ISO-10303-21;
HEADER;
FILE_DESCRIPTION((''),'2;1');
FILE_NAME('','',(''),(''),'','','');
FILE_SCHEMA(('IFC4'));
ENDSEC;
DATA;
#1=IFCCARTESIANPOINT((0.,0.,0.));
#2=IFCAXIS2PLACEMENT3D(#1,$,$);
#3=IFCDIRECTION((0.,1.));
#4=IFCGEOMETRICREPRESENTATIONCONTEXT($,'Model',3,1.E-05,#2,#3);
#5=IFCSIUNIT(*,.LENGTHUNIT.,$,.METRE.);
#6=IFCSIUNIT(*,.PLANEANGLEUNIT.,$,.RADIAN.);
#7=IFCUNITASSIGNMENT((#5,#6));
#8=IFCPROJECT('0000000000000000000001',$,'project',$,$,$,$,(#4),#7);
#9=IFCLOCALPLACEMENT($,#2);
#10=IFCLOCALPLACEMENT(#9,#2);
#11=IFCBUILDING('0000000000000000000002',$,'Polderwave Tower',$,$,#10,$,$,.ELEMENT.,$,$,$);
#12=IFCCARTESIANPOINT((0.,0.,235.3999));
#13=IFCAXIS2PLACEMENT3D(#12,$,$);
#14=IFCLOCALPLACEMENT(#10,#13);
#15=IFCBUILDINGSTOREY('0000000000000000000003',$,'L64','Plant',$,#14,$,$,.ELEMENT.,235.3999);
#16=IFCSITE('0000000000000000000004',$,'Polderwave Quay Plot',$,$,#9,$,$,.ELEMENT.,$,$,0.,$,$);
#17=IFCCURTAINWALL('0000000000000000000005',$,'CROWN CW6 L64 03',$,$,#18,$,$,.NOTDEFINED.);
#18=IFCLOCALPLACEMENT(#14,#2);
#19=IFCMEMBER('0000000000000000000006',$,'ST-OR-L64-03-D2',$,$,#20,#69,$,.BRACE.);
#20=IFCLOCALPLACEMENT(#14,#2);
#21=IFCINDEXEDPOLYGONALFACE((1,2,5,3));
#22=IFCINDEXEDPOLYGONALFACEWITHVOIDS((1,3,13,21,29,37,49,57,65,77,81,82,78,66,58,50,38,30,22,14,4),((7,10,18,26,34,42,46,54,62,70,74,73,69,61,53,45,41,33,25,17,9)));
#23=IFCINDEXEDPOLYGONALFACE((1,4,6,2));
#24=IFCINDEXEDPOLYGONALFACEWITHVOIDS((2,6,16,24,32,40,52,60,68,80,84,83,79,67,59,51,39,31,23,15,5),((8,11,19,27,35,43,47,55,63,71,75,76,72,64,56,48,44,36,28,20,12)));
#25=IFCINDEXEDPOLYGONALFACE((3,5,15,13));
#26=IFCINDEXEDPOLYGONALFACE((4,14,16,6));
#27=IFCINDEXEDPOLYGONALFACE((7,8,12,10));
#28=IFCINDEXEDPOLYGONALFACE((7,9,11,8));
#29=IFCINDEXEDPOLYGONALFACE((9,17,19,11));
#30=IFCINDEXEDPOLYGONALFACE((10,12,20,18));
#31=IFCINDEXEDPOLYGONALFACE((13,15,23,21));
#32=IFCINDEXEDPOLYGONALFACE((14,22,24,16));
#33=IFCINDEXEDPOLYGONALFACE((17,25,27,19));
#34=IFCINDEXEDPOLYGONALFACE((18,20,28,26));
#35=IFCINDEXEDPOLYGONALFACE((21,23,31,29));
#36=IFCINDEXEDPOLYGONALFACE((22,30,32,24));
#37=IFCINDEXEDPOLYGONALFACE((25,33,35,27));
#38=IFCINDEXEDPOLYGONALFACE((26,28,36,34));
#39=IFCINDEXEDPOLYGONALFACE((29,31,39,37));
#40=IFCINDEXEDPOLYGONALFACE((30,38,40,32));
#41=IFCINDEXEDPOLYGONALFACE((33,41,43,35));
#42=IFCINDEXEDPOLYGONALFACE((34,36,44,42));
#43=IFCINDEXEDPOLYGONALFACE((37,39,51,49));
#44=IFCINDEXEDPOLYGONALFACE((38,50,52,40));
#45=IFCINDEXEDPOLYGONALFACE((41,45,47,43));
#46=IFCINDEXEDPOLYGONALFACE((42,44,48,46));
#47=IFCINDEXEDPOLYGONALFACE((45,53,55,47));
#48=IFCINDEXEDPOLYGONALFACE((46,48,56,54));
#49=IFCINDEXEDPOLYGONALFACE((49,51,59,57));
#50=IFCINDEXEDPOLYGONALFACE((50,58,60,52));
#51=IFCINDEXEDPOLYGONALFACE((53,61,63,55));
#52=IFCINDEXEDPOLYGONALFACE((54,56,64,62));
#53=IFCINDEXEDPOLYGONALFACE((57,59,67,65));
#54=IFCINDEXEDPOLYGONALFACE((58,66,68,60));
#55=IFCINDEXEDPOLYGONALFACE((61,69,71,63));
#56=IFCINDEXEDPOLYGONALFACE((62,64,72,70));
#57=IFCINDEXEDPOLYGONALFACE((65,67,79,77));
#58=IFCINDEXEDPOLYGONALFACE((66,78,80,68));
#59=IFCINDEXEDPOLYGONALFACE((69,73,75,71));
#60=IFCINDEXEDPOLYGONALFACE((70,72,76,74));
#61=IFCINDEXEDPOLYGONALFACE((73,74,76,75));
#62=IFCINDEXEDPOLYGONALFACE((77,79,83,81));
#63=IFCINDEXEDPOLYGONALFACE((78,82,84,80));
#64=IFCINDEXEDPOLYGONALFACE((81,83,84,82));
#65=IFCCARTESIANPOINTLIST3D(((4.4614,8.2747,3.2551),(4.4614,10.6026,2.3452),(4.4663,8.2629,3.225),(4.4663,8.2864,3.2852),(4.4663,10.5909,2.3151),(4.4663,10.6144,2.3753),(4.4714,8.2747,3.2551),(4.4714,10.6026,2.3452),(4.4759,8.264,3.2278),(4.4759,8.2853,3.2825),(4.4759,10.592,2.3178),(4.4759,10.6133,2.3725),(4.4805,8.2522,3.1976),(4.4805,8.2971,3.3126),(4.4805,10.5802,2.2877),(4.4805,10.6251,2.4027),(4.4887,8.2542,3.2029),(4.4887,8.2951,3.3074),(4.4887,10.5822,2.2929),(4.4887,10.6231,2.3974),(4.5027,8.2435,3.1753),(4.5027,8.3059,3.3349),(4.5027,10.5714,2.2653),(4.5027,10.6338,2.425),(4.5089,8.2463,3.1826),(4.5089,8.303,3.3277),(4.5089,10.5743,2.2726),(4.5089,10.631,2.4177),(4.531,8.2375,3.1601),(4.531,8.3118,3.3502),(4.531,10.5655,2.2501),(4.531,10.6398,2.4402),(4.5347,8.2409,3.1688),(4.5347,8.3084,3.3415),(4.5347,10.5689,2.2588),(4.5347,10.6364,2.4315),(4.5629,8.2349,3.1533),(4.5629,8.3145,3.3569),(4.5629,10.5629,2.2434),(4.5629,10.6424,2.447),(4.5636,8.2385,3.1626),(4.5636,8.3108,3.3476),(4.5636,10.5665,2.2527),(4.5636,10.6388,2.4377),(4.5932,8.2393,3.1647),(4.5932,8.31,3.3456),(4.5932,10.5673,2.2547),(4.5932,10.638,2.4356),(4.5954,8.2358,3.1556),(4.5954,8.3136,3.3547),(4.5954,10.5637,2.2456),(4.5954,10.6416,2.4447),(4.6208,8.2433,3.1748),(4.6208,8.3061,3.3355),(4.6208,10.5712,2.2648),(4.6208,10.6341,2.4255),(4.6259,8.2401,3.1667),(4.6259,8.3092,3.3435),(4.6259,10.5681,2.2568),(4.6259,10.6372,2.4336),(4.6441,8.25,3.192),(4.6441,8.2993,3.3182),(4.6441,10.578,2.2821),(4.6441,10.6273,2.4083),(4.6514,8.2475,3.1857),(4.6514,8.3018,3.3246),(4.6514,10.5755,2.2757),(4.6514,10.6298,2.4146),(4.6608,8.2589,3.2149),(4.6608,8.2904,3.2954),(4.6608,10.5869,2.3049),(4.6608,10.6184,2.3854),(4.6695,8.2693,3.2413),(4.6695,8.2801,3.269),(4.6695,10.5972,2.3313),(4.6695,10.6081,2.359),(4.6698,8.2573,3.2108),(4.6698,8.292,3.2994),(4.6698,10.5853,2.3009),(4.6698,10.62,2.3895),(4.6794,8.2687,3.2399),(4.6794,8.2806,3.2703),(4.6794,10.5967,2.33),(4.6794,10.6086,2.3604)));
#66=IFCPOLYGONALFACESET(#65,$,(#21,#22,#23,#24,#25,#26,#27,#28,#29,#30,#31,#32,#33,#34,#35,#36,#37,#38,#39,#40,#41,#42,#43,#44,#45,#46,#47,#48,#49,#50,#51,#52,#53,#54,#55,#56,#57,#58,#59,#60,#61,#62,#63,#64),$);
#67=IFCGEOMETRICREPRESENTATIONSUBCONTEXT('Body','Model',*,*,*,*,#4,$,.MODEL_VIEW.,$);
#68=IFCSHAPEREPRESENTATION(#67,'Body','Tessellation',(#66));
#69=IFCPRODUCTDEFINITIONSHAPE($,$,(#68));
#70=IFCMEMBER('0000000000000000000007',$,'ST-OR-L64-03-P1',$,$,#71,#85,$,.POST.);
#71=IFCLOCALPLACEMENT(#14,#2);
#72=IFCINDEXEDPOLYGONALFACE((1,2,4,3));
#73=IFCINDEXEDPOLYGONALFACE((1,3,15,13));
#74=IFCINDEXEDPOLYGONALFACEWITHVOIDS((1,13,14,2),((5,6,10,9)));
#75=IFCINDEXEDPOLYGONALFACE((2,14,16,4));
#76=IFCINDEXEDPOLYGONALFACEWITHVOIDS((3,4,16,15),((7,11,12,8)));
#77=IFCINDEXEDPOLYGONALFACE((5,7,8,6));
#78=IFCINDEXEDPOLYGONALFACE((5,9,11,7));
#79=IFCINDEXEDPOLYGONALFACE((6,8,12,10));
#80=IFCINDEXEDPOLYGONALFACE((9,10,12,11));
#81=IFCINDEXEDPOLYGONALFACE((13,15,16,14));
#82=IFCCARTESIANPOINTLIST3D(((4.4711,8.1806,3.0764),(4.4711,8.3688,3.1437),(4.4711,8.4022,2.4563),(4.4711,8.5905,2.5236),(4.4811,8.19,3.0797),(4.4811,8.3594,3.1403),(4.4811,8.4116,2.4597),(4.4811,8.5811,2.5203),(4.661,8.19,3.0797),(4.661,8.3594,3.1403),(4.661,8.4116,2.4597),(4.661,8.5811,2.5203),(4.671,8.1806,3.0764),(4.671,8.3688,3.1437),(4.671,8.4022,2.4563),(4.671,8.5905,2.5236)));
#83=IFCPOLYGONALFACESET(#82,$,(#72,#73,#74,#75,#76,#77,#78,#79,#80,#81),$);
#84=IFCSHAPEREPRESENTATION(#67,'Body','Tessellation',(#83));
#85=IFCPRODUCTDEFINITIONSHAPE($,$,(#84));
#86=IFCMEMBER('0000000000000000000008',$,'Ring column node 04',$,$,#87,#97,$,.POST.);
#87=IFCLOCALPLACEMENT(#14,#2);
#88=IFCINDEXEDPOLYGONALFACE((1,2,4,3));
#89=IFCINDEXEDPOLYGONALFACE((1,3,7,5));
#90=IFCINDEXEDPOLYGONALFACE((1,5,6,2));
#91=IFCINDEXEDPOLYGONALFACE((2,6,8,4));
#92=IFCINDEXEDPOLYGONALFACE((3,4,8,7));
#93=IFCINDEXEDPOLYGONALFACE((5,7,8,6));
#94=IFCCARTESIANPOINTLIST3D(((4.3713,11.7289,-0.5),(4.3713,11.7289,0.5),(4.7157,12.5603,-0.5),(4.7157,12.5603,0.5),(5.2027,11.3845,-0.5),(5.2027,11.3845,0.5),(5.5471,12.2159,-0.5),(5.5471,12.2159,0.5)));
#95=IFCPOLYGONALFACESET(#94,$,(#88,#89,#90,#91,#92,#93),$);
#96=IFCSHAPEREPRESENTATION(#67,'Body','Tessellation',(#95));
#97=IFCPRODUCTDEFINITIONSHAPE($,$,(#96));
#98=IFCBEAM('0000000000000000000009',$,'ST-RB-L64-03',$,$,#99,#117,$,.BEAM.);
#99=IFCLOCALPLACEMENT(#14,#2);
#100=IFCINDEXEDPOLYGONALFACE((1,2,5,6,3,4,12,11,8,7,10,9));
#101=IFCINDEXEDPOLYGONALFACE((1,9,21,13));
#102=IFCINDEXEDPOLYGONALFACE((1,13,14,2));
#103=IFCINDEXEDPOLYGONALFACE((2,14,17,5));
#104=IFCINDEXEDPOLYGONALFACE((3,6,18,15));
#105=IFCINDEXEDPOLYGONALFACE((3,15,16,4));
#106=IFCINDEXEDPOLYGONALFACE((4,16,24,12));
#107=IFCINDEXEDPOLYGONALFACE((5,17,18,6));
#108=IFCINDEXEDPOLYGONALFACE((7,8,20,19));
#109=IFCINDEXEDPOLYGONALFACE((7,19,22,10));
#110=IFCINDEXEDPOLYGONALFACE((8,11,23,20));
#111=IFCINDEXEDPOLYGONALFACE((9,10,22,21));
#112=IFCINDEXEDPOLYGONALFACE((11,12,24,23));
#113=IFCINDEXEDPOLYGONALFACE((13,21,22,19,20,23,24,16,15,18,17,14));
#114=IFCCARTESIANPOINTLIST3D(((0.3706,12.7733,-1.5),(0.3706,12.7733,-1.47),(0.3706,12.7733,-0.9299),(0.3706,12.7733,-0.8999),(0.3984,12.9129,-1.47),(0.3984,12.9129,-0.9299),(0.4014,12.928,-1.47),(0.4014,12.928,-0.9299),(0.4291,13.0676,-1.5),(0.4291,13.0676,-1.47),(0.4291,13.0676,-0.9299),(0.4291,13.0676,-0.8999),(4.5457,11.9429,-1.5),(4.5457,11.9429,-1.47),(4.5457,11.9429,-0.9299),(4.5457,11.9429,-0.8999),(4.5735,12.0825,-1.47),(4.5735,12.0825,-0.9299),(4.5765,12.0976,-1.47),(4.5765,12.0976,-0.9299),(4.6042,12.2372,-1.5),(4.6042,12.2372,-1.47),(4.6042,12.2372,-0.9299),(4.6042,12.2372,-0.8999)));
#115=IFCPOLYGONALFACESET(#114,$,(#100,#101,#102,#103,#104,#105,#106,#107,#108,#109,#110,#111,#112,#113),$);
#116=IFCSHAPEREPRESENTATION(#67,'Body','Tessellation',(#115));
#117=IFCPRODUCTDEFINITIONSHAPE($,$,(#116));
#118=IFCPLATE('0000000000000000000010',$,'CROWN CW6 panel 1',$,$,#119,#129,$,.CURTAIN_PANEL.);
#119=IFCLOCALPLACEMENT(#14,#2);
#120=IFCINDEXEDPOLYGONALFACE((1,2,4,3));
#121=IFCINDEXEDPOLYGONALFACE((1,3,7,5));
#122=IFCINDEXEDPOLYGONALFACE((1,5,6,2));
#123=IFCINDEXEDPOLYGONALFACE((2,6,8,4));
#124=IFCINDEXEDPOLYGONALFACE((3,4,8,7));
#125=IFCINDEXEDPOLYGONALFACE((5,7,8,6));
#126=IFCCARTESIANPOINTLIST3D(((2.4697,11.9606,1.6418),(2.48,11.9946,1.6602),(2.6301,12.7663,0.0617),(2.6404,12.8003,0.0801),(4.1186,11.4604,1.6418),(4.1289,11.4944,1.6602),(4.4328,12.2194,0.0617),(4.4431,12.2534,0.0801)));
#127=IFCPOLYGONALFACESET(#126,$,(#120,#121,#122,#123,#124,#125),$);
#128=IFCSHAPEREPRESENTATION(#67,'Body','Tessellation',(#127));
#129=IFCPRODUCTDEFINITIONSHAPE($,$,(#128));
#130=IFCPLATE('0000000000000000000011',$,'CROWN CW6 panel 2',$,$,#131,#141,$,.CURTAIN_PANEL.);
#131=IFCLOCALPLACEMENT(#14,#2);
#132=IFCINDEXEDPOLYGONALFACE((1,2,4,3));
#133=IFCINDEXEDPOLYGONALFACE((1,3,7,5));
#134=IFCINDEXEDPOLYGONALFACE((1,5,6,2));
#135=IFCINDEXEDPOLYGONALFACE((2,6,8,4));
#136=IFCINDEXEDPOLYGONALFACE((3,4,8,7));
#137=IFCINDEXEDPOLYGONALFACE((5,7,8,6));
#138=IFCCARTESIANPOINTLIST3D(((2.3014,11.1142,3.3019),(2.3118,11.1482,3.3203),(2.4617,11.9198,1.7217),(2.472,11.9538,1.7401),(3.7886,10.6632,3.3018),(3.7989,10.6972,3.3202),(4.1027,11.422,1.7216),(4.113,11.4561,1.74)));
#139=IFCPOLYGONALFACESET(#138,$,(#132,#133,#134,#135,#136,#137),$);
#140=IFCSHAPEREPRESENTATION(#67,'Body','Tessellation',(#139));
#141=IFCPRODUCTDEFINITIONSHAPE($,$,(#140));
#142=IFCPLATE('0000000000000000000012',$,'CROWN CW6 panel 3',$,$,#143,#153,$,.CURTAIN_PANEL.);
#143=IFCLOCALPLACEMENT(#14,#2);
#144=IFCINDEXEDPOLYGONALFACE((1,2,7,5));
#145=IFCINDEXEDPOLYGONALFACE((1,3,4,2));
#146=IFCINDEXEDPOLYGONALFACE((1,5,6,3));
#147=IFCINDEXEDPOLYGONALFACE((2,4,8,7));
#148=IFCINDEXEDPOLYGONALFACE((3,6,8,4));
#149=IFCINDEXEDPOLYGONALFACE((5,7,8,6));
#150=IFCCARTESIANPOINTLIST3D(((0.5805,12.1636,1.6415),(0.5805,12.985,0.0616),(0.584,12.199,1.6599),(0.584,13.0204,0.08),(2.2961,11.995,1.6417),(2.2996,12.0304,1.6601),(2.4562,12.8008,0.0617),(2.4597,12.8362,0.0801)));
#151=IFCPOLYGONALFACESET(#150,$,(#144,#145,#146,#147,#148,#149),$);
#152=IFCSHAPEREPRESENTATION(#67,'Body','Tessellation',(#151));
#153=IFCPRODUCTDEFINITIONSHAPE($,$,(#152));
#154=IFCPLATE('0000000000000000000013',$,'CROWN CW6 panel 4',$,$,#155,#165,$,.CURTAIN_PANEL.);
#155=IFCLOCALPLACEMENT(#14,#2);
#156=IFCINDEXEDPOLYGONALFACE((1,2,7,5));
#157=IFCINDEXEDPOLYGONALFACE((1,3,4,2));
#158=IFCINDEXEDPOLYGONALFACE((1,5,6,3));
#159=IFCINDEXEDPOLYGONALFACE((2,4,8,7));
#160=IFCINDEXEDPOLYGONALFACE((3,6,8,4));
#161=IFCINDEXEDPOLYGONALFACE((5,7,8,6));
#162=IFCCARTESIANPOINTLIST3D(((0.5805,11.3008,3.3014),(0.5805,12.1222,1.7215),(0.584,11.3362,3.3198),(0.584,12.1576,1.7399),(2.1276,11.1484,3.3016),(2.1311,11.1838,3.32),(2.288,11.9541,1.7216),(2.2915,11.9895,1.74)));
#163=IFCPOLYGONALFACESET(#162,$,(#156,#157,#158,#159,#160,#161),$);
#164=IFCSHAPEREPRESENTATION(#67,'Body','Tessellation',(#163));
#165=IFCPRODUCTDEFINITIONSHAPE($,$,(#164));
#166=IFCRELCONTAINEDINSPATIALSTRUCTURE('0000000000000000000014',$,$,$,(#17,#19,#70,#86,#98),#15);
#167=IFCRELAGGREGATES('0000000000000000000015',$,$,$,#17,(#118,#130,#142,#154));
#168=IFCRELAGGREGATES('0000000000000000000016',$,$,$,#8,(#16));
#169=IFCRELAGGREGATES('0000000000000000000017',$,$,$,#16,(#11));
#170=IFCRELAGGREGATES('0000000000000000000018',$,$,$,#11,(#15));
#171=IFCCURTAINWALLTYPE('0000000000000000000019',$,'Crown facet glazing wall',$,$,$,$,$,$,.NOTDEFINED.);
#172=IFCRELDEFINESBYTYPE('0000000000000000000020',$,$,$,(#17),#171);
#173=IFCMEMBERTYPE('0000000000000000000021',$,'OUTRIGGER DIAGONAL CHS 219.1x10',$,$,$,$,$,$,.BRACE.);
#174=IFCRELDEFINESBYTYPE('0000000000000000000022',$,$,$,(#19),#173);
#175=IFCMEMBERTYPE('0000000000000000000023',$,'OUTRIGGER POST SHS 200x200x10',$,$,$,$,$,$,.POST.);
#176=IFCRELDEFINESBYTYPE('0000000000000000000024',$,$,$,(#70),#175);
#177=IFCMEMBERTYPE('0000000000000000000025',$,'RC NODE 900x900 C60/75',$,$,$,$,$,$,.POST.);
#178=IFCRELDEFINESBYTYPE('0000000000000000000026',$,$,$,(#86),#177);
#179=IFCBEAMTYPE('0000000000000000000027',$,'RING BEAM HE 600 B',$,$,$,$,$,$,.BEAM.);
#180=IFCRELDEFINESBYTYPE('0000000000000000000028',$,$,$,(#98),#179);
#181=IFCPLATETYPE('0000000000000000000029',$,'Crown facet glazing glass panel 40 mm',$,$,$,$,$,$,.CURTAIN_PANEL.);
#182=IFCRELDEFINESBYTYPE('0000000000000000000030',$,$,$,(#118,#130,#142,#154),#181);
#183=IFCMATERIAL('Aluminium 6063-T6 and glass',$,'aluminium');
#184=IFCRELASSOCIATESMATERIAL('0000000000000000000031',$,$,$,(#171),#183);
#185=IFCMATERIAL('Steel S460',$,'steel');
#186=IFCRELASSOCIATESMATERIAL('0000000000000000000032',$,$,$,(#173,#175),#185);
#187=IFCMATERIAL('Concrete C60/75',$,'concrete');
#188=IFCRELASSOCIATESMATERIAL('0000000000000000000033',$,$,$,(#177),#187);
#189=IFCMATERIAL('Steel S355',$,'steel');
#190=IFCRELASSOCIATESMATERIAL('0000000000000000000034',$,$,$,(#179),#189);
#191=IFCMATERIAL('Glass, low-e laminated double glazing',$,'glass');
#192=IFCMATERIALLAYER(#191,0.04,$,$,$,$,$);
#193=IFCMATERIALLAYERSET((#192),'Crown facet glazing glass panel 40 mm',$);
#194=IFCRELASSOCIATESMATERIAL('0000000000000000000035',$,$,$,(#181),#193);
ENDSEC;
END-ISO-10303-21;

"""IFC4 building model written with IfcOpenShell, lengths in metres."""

from ifc_helpers import new_model, si_unit, direction, frame, origin, origin_2d, place, context, subcontext, project, spatial, polyline, rectangle, hollow_rectangle, hollow_circle, i_section, outline, extrude, material, layer, layer_set, material_profile, profile_set, type_object, element, aggregate, save


model = new_model("IFC4")

# Units and contexts
model_context = context("Model", 3, precision=1e-05, world=origin(), true_north=direction((0.0, 1.0)))
body_context = subcontext(model_context, "Body", "Model", "MODEL_VIEW")
ifc_project = project(units=[si_unit("LENGTHUNIT", "METRE"), si_unit("PLANEANGLEUNIT", "RADIAN")], contexts=[model_context])

# Site, building, storey
site_placement = place(None, origin())
site = spatial("IfcSite", under=ifc_project, at=site_placement, Name="Polderwave Quay Plot", CompositionType="ELEMENT", RefElevation=0.0)
building_placement = place(site_placement, origin())
building = spatial("IfcBuilding", under=site, at=building_placement, Name="Polderwave Tower", CompositionType="ELEMENT")
storey_placement = place(building_placement, frame((0.0, 0.0, 235.3999)))
storey = spatial("IfcBuildingStorey", under=building, at=storey_placement, Name="L64", Description="Plant", CompositionType="ELEMENT", Elevation=235.3999)

# Shared definitions
ifc_material_1 = material(Name="Concrete C60/75", Category="concrete")

# Shared definitions
ifc_material_2 = material(Name="Steel S460", Category="steel")

# Shared definitions
ifc_material_3 = material(Name="Aluminium 6063-T6 and glass", Category="aluminium")
curtain_wall_type = type_object("IfcCurtainWallType", Name="Crown facet glazing wall", PredefinedType="NOTDEFINED", material=ifc_material_3)

# Curtain wall
curtain_wall_1_placement = place(storey_placement, origin())
curtain_wall_1 = element("IfcCurtainWall", 1, at=curtain_wall_1_placement, inside=storey, type_object=curtain_wall_type, Name="CROWN CW6 L64 03", PredefinedType="NOTDEFINED")

# Members
ifc_material_profile_1 = material_profile(ifc_material_2, hollow_circle(Radius=0.1096, WallThickness=0.01, at=origin_2d()), Name="CHS 219.1x10")
ifc_profile_set_1 = profile_set([ifc_material_profile_1], Name="Steel S460")
member_type_1 = type_object("IfcMemberType", Name="OUTRIGGER DIAGONAL CHS 219.1x10", PredefinedType="BRACE", material=ifc_profile_set_1)
member_1_placement = place(storey_placement, frame((4.571, 8.2747, 3.2551), z_axis=(0.0, 0.931378, -0.364053), x_axis=(-1.0, 0.0, 0.0)))
element("IfcMember", 2, at=member_1_placement, inside=storey, type_object=member_type_1, Name="ST-OR-L64-03-D2", PredefinedType="BRACE", context=body_context, shape_type="SweptSolid", body=[
    extrude(hollow_circle(Radius=0.1096, WallThickness=0.01, at=origin_2d()), origin(), (0.0, 0.0, 1.0), 2.4995),
])
ifc_material_profile_2 = material_profile(ifc_material_2, hollow_rectangle(XDim=0.2, YDim=0.2, WallThickness=0.01, at=origin_2d()), Name="SHS 200x200x10")
ifc_profile_set_2 = profile_set([ifc_material_profile_2], Name="Steel S460")
member_type_2 = type_object("IfcMemberType", Name="OUTRIGGER POST SHS 200x200x10", PredefinedType="POST", material=ifc_profile_set_2)
member_2_placement = place(storey_placement, frame((4.571, 8.4963, 2.49), z_axis=(0.0, -0.336618, 0.941641), x_axis=(1.0, 0.0, 0.0)))
element("IfcMember", 3, at=member_2_placement, inside=storey, type_object=member_type_2, Name="ST-OR-L64-03-P1", PredefinedType="POST", context=body_context, shape_type="SweptSolid", body=[
    extrude(hollow_rectangle(XDim=0.2, YDim=0.2, WallThickness=0.01, at=origin_2d()), origin(), (0.0, 0.0, 1.0), 0.6584),
])
ifc_material_profile_3 = material_profile(ifc_material_1, rectangle(XDim=0.8999, YDim=0.8999, at=origin_2d()), Name="RC 900x900")
ifc_profile_set_3 = profile_set([ifc_material_profile_3], Name="Concrete C60/75")
member_type_3 = type_object("IfcMemberType", Name="RC NODE 900x900 C60/75", PredefinedType="POST", material=ifc_profile_set_3)
member_3_placement = place(storey_placement, frame((4.9592, 11.9724, -0.5), z_axis=(0.0, 0.0, 1.0), x_axis=(0.382683, 0.92388, 0.0)))
element("IfcMember", 4, at=member_3_placement, inside=storey, type_object=member_type_3, Name="Ring column node 04", PredefinedType="POST", context=body_context, shape_type="SweptSolid", body=[
    extrude(rectangle(XDim=0.8999, YDim=0.8999, at=origin_2d()), origin(), (0.0, 0.0, 1.0), 1.0),
])

# Beam
ifc_material_4 = material(Name="Steel S355", Category="steel")
ifc_material_profile_4 = material_profile(ifc_material_4, i_section(OverallWidth=0.3, OverallDepth=0.6001, WebThickness=0.0154, FlangeThickness=0.03, at=origin_2d()), Name="HE 600 B")
ifc_profile_set_4 = profile_set([ifc_material_profile_4], Name="Steel S355")
beam_type_1 = type_object("IfcBeamType", Name="RING BEAM HE 600 B", PredefinedType="BEAM", material=ifc_profile_set_4)
beam_placement = place(storey_placement, frame((4.575, 12.0901, -1.2), z_axis=(-0.980792, 0.195057, 0.0), x_axis=(-0.195057, -0.980792, 0.0)))
element("IfcBeam", 5, at=beam_placement, inside=storey, type_object=beam_type_1, Name="ST-RB-L64-03", PredefinedType="BEAM", context=body_context, shape_type="SweptSolid", body=[
    extrude(i_section(OverallWidth=0.3, OverallDepth=0.6001, WebThickness=0.0154, FlangeThickness=0.03, at=origin_2d()), origin(), (0.0, 0.0, 1.0), 4.2568),
])

# Plates
ifc_material_5 = material(Name="Glass, low-e laminated double glazing", Category="glass")
ifc_layer_1 = layer(ifc_material_5, 0.04)
ifc_layer_set_1 = layer_set([ifc_layer_1], Name="Crown facet glazing glass panel 40 mm")
plate_type = type_object("IfcPlateType", Name="Crown facet glazing glass panel 40 mm", PredefinedType="CURTAIN_PANEL", material=ifc_layer_set_1)
plate_1_placement = place(storey_placement, frame((4.4431, 12.2534, 0.0801), z_axis=(0.257834, 0.849908, 0.45954), x_axis=(-0.956935, 0.290301, 0.000003)))
plate_1 = element("IfcPlate", 6, at=plate_1_placement, type_object=plate_type, Name="CROWN CW6 panel 1", PredefinedType="CURTAIN_PANEL", context=body_context, shape_type="SweptSolid", body=[
    extrude(outline(polyline([(0.0, 0.0), (1.8839, 0.0), (1.8035, 1.779), (0.0803, 1.7791), (0.0, 0.0)])), origin(), (0.0, 0.0, -1.0), 0.04),
])
plate_2_placement = place(storey_placement, frame((4.113, 11.4561, 1.74), z_axis=(0.257818, 0.849965, 0.459445), x_axis=(-0.956953, 0.290242, 0.000054)))
plate_2 = element("IfcPlate", 7, at=plate_2_placement, type_object=plate_type, Name="CROWN CW6 panel 2", PredefinedType="CURTAIN_PANEL", context=body_context, shape_type="SweptSolid", body=[
    extrude(outline(polyline([(0.0, 0.0), (1.7149, 0.0), (1.6345, 1.7791), (0.0805, 1.7791), (0.0, 0.0)])), origin(), (0.0, 0.0, -1.0), 0.04),
])
plate_3_placement = place(storey_placement, frame((2.4597, 12.8362, 0.0801), z_axis=(0.086796, 0.883895, 0.459561), x_axis=(-0.995212, 0.097742, -0.000029)))
plate_3 = element("IfcPlate", 8, at=plate_3_placement, type_object=plate_type, Name="CROWN CW6 panel 3", PredefinedType="CURTAIN_PANEL", context=body_context, shape_type="SweptSolid", body=[
    extrude(outline(polyline([(0.0, 0.0), (1.8848, 0.0), (1.8044, 1.7789), (0.0806, 1.779), (0.0, 0.0)])), origin(), (0.0, 0.0, -1.0), 0.04),
])
plate_4_placement = place(storey_placement, frame((2.2915, 11.9895, 1.74), z_axis=(0.08702, 0.88387, 0.459566), x_axis=(-0.995187, 0.097992, -0.000024)))
plate_4 = element("IfcPlate", 9, at=plate_4_placement, type_object=plate_type, Name="CROWN CW6 panel 4", PredefinedType="CURTAIN_PANEL", context=body_context, shape_type="SweptSolid", body=[
    extrude(outline(polyline([(0.0, 0.0), (1.7158, 0.0), (1.6352, 1.7788), (0.0806, 1.779), (0.0, 0.0)])), origin(), (0.0, 0.0, -1.0), 0.04),
])
aggregate(curtain_wall_1, [plate_1, plate_2, plate_3, plate_4])

save(model, "model.ifc")
